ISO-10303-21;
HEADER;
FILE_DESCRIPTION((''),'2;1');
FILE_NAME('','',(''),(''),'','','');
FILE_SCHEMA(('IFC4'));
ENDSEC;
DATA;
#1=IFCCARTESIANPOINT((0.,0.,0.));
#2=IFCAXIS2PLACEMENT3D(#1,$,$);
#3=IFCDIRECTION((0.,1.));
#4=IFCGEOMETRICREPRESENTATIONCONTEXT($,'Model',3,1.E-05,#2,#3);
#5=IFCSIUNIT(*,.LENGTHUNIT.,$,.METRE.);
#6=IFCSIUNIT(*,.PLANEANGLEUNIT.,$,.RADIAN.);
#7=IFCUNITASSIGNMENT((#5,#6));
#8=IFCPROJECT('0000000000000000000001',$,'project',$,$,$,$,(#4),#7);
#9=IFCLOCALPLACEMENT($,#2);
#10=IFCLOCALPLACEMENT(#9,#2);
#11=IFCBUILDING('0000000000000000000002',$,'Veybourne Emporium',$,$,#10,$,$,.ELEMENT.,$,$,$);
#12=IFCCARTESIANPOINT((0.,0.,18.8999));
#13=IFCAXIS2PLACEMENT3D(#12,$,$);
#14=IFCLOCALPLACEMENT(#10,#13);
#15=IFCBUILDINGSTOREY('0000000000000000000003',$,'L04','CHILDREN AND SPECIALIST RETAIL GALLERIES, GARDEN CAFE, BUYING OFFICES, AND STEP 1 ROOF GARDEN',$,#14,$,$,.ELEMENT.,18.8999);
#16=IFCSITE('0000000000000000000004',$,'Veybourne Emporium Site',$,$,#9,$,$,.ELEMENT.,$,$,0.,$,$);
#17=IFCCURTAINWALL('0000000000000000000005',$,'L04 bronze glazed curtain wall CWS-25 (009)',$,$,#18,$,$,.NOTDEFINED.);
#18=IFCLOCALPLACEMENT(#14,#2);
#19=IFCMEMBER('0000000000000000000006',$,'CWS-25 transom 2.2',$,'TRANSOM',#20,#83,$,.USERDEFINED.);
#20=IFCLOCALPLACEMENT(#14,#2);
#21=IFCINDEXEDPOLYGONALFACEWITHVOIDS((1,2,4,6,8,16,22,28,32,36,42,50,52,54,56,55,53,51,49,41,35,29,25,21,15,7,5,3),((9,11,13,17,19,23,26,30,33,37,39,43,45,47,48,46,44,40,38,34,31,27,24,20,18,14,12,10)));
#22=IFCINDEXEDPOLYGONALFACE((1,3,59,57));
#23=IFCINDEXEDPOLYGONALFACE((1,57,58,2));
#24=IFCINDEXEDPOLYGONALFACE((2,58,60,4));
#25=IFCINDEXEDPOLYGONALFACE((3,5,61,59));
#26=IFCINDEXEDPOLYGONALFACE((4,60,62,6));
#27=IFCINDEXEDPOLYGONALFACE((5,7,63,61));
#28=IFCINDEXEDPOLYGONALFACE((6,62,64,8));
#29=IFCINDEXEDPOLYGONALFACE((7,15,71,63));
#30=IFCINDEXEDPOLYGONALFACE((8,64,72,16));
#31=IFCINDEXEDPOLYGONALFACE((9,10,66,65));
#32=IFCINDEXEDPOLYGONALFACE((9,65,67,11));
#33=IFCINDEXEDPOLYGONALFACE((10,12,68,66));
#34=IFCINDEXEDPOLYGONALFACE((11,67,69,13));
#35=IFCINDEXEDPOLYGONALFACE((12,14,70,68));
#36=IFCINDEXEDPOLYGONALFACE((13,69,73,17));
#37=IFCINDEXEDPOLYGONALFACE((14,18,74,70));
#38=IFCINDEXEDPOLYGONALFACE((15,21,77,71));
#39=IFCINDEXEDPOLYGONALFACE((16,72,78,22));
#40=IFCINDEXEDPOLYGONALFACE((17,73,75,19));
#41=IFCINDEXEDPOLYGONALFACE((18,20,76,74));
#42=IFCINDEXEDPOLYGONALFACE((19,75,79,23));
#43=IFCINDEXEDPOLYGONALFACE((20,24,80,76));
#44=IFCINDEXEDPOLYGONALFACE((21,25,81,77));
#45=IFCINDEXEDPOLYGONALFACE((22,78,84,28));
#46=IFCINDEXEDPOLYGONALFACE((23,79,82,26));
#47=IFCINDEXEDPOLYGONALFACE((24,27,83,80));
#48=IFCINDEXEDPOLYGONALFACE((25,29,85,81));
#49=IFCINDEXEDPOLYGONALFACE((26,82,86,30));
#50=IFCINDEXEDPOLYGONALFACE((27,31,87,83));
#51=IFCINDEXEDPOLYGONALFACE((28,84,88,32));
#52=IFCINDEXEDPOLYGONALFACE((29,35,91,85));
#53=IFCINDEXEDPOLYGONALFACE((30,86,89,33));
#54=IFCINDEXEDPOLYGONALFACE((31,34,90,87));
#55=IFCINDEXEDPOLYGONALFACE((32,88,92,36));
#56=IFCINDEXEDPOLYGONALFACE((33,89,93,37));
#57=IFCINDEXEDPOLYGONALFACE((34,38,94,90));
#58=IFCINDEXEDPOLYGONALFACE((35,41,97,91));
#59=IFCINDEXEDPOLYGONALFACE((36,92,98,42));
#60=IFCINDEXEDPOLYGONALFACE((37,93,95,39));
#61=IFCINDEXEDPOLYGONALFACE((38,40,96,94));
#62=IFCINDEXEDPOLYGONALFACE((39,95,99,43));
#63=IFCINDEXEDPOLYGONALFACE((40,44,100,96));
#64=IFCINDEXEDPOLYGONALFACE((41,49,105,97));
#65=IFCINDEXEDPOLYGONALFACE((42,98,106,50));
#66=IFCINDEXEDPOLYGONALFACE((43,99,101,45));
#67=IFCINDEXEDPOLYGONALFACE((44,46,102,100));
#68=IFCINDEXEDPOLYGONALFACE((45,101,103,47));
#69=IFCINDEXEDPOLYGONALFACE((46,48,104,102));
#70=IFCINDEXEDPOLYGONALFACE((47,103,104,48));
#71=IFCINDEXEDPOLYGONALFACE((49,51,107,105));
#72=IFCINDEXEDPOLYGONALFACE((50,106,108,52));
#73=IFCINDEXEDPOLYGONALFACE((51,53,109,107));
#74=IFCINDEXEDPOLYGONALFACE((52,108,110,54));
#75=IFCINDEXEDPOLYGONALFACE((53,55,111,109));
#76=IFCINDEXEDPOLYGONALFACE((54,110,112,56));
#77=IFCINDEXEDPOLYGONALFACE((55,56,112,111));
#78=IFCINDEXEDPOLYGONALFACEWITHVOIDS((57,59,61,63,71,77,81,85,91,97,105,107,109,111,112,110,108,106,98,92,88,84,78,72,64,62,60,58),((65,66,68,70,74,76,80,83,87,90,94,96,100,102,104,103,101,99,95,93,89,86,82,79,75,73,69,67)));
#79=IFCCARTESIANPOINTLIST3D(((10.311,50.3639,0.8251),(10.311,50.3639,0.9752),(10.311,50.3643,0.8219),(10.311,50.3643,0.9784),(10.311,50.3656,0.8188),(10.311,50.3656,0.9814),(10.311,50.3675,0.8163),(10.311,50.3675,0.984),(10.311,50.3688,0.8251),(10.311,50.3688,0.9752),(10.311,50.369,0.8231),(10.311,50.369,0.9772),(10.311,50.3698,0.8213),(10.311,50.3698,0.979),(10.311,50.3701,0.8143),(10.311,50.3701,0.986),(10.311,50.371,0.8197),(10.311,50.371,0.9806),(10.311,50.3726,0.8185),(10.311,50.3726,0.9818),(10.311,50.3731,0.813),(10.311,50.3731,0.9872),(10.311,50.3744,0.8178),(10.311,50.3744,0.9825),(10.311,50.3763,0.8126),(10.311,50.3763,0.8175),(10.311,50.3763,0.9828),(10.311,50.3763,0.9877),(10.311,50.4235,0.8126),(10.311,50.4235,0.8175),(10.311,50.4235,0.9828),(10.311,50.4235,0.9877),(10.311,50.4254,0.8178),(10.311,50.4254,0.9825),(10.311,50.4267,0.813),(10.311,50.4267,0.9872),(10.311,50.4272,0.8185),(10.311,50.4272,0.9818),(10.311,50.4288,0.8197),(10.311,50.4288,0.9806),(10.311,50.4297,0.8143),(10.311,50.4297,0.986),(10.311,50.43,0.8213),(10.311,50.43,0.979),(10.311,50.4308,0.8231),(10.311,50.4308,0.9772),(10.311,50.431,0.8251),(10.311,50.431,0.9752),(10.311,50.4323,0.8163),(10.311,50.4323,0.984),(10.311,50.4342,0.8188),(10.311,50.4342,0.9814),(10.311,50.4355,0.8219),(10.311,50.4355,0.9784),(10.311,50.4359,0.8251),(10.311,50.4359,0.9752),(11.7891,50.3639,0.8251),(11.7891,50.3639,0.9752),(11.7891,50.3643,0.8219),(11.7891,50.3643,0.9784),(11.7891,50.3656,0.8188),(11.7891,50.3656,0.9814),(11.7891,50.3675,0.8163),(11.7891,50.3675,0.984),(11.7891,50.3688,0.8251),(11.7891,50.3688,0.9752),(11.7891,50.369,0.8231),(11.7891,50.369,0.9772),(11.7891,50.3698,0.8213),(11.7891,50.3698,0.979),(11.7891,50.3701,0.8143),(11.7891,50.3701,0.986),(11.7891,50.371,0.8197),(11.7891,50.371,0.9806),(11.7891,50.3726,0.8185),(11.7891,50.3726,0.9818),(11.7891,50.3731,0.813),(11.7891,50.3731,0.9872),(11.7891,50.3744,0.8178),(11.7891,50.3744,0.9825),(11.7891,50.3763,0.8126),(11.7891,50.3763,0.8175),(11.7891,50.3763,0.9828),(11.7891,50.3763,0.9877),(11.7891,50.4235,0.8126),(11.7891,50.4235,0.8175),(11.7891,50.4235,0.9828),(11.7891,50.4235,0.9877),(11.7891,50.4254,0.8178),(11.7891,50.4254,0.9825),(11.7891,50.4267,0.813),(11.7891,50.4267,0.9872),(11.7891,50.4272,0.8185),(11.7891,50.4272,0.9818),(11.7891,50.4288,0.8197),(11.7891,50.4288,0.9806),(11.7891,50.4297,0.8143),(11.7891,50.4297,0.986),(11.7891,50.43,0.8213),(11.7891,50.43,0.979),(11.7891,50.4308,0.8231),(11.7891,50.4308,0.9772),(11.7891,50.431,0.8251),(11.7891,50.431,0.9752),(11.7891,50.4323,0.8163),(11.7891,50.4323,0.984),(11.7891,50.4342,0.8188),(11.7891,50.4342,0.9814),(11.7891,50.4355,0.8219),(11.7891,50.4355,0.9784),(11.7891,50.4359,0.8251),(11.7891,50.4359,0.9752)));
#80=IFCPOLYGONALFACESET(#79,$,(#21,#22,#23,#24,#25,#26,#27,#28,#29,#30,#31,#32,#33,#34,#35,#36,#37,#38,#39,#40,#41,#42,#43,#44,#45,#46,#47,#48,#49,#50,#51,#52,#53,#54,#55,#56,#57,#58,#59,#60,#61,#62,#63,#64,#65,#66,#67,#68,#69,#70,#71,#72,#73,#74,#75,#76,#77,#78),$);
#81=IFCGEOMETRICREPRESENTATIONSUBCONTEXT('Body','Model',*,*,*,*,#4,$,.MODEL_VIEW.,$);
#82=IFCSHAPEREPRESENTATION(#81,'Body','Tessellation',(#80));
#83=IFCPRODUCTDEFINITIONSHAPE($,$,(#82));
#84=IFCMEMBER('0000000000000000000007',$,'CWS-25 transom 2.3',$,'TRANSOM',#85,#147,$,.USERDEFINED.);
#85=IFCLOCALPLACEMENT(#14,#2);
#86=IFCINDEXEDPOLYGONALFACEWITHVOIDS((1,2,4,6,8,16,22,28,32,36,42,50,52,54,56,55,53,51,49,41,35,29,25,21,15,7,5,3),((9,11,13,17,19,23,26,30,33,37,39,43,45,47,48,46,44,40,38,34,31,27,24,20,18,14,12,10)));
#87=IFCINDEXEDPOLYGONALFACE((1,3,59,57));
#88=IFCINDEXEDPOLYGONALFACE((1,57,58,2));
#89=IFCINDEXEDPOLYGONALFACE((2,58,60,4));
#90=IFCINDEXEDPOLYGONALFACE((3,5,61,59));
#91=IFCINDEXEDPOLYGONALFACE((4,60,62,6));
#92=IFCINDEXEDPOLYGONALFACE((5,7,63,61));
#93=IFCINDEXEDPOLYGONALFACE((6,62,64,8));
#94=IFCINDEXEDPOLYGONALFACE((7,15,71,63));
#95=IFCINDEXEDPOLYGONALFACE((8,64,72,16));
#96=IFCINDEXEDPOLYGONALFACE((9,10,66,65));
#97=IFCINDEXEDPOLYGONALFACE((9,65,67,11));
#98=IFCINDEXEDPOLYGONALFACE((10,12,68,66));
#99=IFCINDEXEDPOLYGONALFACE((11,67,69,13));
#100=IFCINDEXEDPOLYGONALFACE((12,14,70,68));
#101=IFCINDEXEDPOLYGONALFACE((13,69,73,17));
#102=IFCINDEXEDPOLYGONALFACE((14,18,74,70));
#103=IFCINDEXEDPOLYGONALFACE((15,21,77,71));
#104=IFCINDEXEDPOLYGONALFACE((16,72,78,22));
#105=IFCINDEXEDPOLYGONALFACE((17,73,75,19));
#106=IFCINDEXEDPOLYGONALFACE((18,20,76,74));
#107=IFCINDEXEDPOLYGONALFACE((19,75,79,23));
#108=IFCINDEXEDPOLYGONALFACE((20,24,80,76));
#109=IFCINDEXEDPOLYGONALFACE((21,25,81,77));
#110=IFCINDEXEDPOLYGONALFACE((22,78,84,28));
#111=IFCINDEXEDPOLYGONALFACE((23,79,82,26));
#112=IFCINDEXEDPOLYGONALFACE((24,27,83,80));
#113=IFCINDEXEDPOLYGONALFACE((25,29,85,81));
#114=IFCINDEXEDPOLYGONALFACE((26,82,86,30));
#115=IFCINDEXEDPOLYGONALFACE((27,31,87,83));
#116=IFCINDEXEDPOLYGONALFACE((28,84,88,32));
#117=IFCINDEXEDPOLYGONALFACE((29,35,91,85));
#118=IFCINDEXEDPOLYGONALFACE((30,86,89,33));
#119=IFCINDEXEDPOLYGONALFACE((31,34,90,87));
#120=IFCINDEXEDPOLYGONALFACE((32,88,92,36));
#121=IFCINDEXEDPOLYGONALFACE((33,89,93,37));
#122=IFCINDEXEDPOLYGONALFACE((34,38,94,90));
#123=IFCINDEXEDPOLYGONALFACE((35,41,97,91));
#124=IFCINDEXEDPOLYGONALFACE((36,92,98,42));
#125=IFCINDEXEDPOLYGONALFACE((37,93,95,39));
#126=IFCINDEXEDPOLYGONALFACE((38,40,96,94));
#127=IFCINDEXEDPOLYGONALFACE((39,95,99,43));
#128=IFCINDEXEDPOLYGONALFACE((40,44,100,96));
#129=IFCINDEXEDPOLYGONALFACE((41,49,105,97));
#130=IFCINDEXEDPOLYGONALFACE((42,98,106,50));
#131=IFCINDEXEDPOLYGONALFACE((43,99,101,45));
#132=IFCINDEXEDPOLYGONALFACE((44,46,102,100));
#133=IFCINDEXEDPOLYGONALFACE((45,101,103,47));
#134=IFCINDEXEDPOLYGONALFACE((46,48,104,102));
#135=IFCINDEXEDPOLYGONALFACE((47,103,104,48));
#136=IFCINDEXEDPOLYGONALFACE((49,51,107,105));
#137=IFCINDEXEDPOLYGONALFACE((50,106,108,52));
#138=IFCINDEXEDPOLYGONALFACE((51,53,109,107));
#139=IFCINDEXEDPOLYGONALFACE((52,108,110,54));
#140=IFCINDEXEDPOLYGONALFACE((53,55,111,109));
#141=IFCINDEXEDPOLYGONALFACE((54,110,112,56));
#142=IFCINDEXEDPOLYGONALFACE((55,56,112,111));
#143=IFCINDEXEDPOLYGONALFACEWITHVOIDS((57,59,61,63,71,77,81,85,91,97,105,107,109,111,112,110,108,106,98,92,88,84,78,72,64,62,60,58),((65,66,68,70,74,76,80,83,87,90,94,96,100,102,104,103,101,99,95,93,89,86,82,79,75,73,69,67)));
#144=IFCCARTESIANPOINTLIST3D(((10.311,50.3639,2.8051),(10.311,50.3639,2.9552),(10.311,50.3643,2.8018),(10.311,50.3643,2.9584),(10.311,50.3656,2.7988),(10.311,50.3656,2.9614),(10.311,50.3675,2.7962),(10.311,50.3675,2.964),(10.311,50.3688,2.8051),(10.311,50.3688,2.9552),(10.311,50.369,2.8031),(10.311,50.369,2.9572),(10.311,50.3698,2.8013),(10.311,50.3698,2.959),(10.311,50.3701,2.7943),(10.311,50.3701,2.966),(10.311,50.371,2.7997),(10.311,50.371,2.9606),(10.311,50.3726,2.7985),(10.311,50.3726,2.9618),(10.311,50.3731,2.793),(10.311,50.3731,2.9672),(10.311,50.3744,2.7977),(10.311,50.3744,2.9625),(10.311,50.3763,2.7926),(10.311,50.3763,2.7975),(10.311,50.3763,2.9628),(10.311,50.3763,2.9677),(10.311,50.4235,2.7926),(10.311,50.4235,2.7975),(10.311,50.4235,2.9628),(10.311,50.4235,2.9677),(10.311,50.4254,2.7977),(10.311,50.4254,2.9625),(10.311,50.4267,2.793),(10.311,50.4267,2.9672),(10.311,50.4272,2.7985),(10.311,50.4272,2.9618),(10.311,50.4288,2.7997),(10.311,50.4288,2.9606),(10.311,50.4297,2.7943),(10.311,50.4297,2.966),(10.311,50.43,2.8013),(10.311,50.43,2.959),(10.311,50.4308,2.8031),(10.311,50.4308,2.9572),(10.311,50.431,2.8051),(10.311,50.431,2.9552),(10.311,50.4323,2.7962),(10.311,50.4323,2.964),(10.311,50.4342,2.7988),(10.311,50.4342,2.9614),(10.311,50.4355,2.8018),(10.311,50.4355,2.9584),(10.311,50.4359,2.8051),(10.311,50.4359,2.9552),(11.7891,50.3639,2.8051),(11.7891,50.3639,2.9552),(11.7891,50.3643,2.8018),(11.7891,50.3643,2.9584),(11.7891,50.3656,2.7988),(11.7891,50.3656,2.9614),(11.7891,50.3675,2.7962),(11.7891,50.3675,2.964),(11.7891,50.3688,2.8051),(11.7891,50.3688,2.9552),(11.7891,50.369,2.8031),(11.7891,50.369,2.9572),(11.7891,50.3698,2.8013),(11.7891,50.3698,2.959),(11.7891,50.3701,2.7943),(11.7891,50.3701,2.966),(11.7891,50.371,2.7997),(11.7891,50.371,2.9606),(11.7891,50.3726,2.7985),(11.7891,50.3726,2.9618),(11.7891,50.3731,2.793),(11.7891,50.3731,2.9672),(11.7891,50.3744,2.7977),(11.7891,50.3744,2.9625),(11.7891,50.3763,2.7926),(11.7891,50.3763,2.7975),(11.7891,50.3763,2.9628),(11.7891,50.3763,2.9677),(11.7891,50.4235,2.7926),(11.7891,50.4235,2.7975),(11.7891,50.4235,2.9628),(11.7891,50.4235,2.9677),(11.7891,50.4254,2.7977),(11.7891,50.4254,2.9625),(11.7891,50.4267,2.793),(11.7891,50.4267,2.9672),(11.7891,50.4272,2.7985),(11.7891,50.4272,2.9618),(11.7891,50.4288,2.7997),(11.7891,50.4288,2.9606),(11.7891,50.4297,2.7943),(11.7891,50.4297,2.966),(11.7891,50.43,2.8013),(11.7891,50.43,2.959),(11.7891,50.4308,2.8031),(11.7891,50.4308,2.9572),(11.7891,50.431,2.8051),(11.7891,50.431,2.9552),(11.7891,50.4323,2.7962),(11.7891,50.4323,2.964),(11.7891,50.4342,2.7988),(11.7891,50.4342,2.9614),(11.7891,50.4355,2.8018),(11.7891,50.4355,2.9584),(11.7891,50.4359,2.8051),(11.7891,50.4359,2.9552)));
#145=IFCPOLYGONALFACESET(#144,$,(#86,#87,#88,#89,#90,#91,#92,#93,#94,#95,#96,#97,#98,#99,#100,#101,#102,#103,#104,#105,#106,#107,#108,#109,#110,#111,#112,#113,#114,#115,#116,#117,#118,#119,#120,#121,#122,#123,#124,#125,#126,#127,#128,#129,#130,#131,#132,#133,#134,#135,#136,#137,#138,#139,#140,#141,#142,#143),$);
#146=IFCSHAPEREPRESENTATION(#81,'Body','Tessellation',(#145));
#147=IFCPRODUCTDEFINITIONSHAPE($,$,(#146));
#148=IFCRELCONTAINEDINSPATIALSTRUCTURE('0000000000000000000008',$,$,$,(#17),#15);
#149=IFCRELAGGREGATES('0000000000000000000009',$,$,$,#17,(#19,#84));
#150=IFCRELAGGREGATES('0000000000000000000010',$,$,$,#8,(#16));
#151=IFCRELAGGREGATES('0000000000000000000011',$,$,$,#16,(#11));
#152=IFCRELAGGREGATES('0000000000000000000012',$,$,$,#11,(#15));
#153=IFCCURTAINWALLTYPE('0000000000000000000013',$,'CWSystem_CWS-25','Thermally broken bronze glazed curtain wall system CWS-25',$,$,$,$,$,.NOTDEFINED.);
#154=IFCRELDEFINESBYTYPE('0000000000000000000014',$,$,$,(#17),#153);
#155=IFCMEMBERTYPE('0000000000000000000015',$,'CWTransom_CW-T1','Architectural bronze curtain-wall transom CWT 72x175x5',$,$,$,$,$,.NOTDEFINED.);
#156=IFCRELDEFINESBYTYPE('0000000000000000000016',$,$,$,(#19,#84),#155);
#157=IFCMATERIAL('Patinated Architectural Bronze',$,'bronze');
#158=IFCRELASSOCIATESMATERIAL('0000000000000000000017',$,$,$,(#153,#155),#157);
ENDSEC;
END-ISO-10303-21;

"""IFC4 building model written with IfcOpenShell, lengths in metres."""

from ifc_helpers import new_model, si_unit, direction, frame, origin, origin_2d, place, context, subcontext, project, spatial, hollow_rectangle, extrude, material, material_profile, profile_set, type_object, element, aggregate, save


model = new_model("IFC4")

# Units and contexts
model_context = context("Model", 3, precision=1e-05, world=origin(), true_north=direction((0.0, 1.0)))
body_context = subcontext(model_context, "Body", "Model", "MODEL_VIEW")
ifc_project = project(units=[si_unit("LENGTHUNIT", "METRE"), si_unit("PLANEANGLEUNIT", "RADIAN")], contexts=[model_context])

# Site, building, storey
site_placement = place(None, origin())
site = spatial("IfcSite", under=ifc_project, at=site_placement, Name="Veybourne Emporium Site", CompositionType="ELEMENT", RefElevation=0.0)
building_placement = place(site_placement, origin())
building = spatial("IfcBuilding", under=site, at=building_placement, Name="Veybourne Emporium", CompositionType="ELEMENT")
storey_placement = place(building_placement, frame((0.0, 0.0, 18.8999)))
storey = spatial("IfcBuildingStorey", under=building, at=storey_placement, Name="L04", Description="CHILDREN AND SPECIALIST RETAIL GALLERIES, GARDEN CAFE, BUYING OFFICES, AND STEP 1 ROOF GARDEN", CompositionType="ELEMENT", Elevation=18.8999)

# Curtain wall
ifc_material_1 = material(Name="Patinated Architectural Bronze", Category="bronze")
curtain_wall_type_1 = type_object("IfcCurtainWallType", Name="CWSystem_CWS-25", Description="Thermally broken bronze glazed curtain wall system CWS-25", PredefinedType="NOTDEFINED", material=ifc_material_1)
curtain_wall_1_placement = place(storey_placement, origin())
curtain_wall_1 = element("IfcCurtainWall", 1, at=curtain_wall_1_placement, inside=storey, type_object=curtain_wall_type_1, Name="L04 bronze glazed curtain wall CWS-25 (009)", PredefinedType="NOTDEFINED")

# Members
ifc_material_profile_1 = material_profile(ifc_material_1, hollow_rectangle(XDim=0.072, YDim=0.175, WallThickness=0.0049, InnerFilletRadius=0.0076, OuterFilletRadius=0.0125, at=origin_2d()), Name="CWT 72x175x5")
ifc_profile_set_1 = profile_set([ifc_material_profile_1], Name="Patinated Architectural Bronze")
member_type_1 = type_object("IfcMemberType", Name="CWTransom_CW-T1", Description="Architectural bronze curtain-wall transom CWT 72x175x5", PredefinedType="NOTDEFINED", material=ifc_profile_set_1)
member_1_placement = place(storey_placement, frame((10.311, 50.3999, 0.9001), z_axis=(1.0, 0.0, 0.0), x_axis=(0.0, 1.0, 0.0)))
member_1 = element("IfcMember", 2, at=member_1_placement, type_object=member_type_1, Name="CWS-25 transom 2.2", ObjectType="TRANSOM", PredefinedType="USERDEFINED", context=body_context, shape_type="SweptSolid", body=[
    extrude(hollow_rectangle(XDim=0.072, YDim=0.175, WallThickness=0.0049, InnerFilletRadius=0.0076, OuterFilletRadius=0.0125, at=origin_2d()), origin(), (0.0, 0.0, 1.0), 1.478),
])
member_2_placement = place(storey_placement, frame((10.311, 50.3999, 2.8801), z_axis=(1.0, 0.0, 0.0), x_axis=(0.0, 1.0, 0.0)))
member_2 = element("IfcMember", 3, at=member_2_placement, type_object=member_type_1, Name="CWS-25 transom 2.3", ObjectType="TRANSOM", PredefinedType="USERDEFINED", context=body_context, shape_type="SweptSolid", body=[
    extrude(hollow_rectangle(XDim=0.072, YDim=0.175, WallThickness=0.0049, InnerFilletRadius=0.0076, OuterFilletRadius=0.0125, at=origin_2d()), origin(), (0.0, 0.0, 1.0), 1.478),
])

aggregate(curtain_wall_1, [member_1, member_2])

save(model, "model.ifc")
